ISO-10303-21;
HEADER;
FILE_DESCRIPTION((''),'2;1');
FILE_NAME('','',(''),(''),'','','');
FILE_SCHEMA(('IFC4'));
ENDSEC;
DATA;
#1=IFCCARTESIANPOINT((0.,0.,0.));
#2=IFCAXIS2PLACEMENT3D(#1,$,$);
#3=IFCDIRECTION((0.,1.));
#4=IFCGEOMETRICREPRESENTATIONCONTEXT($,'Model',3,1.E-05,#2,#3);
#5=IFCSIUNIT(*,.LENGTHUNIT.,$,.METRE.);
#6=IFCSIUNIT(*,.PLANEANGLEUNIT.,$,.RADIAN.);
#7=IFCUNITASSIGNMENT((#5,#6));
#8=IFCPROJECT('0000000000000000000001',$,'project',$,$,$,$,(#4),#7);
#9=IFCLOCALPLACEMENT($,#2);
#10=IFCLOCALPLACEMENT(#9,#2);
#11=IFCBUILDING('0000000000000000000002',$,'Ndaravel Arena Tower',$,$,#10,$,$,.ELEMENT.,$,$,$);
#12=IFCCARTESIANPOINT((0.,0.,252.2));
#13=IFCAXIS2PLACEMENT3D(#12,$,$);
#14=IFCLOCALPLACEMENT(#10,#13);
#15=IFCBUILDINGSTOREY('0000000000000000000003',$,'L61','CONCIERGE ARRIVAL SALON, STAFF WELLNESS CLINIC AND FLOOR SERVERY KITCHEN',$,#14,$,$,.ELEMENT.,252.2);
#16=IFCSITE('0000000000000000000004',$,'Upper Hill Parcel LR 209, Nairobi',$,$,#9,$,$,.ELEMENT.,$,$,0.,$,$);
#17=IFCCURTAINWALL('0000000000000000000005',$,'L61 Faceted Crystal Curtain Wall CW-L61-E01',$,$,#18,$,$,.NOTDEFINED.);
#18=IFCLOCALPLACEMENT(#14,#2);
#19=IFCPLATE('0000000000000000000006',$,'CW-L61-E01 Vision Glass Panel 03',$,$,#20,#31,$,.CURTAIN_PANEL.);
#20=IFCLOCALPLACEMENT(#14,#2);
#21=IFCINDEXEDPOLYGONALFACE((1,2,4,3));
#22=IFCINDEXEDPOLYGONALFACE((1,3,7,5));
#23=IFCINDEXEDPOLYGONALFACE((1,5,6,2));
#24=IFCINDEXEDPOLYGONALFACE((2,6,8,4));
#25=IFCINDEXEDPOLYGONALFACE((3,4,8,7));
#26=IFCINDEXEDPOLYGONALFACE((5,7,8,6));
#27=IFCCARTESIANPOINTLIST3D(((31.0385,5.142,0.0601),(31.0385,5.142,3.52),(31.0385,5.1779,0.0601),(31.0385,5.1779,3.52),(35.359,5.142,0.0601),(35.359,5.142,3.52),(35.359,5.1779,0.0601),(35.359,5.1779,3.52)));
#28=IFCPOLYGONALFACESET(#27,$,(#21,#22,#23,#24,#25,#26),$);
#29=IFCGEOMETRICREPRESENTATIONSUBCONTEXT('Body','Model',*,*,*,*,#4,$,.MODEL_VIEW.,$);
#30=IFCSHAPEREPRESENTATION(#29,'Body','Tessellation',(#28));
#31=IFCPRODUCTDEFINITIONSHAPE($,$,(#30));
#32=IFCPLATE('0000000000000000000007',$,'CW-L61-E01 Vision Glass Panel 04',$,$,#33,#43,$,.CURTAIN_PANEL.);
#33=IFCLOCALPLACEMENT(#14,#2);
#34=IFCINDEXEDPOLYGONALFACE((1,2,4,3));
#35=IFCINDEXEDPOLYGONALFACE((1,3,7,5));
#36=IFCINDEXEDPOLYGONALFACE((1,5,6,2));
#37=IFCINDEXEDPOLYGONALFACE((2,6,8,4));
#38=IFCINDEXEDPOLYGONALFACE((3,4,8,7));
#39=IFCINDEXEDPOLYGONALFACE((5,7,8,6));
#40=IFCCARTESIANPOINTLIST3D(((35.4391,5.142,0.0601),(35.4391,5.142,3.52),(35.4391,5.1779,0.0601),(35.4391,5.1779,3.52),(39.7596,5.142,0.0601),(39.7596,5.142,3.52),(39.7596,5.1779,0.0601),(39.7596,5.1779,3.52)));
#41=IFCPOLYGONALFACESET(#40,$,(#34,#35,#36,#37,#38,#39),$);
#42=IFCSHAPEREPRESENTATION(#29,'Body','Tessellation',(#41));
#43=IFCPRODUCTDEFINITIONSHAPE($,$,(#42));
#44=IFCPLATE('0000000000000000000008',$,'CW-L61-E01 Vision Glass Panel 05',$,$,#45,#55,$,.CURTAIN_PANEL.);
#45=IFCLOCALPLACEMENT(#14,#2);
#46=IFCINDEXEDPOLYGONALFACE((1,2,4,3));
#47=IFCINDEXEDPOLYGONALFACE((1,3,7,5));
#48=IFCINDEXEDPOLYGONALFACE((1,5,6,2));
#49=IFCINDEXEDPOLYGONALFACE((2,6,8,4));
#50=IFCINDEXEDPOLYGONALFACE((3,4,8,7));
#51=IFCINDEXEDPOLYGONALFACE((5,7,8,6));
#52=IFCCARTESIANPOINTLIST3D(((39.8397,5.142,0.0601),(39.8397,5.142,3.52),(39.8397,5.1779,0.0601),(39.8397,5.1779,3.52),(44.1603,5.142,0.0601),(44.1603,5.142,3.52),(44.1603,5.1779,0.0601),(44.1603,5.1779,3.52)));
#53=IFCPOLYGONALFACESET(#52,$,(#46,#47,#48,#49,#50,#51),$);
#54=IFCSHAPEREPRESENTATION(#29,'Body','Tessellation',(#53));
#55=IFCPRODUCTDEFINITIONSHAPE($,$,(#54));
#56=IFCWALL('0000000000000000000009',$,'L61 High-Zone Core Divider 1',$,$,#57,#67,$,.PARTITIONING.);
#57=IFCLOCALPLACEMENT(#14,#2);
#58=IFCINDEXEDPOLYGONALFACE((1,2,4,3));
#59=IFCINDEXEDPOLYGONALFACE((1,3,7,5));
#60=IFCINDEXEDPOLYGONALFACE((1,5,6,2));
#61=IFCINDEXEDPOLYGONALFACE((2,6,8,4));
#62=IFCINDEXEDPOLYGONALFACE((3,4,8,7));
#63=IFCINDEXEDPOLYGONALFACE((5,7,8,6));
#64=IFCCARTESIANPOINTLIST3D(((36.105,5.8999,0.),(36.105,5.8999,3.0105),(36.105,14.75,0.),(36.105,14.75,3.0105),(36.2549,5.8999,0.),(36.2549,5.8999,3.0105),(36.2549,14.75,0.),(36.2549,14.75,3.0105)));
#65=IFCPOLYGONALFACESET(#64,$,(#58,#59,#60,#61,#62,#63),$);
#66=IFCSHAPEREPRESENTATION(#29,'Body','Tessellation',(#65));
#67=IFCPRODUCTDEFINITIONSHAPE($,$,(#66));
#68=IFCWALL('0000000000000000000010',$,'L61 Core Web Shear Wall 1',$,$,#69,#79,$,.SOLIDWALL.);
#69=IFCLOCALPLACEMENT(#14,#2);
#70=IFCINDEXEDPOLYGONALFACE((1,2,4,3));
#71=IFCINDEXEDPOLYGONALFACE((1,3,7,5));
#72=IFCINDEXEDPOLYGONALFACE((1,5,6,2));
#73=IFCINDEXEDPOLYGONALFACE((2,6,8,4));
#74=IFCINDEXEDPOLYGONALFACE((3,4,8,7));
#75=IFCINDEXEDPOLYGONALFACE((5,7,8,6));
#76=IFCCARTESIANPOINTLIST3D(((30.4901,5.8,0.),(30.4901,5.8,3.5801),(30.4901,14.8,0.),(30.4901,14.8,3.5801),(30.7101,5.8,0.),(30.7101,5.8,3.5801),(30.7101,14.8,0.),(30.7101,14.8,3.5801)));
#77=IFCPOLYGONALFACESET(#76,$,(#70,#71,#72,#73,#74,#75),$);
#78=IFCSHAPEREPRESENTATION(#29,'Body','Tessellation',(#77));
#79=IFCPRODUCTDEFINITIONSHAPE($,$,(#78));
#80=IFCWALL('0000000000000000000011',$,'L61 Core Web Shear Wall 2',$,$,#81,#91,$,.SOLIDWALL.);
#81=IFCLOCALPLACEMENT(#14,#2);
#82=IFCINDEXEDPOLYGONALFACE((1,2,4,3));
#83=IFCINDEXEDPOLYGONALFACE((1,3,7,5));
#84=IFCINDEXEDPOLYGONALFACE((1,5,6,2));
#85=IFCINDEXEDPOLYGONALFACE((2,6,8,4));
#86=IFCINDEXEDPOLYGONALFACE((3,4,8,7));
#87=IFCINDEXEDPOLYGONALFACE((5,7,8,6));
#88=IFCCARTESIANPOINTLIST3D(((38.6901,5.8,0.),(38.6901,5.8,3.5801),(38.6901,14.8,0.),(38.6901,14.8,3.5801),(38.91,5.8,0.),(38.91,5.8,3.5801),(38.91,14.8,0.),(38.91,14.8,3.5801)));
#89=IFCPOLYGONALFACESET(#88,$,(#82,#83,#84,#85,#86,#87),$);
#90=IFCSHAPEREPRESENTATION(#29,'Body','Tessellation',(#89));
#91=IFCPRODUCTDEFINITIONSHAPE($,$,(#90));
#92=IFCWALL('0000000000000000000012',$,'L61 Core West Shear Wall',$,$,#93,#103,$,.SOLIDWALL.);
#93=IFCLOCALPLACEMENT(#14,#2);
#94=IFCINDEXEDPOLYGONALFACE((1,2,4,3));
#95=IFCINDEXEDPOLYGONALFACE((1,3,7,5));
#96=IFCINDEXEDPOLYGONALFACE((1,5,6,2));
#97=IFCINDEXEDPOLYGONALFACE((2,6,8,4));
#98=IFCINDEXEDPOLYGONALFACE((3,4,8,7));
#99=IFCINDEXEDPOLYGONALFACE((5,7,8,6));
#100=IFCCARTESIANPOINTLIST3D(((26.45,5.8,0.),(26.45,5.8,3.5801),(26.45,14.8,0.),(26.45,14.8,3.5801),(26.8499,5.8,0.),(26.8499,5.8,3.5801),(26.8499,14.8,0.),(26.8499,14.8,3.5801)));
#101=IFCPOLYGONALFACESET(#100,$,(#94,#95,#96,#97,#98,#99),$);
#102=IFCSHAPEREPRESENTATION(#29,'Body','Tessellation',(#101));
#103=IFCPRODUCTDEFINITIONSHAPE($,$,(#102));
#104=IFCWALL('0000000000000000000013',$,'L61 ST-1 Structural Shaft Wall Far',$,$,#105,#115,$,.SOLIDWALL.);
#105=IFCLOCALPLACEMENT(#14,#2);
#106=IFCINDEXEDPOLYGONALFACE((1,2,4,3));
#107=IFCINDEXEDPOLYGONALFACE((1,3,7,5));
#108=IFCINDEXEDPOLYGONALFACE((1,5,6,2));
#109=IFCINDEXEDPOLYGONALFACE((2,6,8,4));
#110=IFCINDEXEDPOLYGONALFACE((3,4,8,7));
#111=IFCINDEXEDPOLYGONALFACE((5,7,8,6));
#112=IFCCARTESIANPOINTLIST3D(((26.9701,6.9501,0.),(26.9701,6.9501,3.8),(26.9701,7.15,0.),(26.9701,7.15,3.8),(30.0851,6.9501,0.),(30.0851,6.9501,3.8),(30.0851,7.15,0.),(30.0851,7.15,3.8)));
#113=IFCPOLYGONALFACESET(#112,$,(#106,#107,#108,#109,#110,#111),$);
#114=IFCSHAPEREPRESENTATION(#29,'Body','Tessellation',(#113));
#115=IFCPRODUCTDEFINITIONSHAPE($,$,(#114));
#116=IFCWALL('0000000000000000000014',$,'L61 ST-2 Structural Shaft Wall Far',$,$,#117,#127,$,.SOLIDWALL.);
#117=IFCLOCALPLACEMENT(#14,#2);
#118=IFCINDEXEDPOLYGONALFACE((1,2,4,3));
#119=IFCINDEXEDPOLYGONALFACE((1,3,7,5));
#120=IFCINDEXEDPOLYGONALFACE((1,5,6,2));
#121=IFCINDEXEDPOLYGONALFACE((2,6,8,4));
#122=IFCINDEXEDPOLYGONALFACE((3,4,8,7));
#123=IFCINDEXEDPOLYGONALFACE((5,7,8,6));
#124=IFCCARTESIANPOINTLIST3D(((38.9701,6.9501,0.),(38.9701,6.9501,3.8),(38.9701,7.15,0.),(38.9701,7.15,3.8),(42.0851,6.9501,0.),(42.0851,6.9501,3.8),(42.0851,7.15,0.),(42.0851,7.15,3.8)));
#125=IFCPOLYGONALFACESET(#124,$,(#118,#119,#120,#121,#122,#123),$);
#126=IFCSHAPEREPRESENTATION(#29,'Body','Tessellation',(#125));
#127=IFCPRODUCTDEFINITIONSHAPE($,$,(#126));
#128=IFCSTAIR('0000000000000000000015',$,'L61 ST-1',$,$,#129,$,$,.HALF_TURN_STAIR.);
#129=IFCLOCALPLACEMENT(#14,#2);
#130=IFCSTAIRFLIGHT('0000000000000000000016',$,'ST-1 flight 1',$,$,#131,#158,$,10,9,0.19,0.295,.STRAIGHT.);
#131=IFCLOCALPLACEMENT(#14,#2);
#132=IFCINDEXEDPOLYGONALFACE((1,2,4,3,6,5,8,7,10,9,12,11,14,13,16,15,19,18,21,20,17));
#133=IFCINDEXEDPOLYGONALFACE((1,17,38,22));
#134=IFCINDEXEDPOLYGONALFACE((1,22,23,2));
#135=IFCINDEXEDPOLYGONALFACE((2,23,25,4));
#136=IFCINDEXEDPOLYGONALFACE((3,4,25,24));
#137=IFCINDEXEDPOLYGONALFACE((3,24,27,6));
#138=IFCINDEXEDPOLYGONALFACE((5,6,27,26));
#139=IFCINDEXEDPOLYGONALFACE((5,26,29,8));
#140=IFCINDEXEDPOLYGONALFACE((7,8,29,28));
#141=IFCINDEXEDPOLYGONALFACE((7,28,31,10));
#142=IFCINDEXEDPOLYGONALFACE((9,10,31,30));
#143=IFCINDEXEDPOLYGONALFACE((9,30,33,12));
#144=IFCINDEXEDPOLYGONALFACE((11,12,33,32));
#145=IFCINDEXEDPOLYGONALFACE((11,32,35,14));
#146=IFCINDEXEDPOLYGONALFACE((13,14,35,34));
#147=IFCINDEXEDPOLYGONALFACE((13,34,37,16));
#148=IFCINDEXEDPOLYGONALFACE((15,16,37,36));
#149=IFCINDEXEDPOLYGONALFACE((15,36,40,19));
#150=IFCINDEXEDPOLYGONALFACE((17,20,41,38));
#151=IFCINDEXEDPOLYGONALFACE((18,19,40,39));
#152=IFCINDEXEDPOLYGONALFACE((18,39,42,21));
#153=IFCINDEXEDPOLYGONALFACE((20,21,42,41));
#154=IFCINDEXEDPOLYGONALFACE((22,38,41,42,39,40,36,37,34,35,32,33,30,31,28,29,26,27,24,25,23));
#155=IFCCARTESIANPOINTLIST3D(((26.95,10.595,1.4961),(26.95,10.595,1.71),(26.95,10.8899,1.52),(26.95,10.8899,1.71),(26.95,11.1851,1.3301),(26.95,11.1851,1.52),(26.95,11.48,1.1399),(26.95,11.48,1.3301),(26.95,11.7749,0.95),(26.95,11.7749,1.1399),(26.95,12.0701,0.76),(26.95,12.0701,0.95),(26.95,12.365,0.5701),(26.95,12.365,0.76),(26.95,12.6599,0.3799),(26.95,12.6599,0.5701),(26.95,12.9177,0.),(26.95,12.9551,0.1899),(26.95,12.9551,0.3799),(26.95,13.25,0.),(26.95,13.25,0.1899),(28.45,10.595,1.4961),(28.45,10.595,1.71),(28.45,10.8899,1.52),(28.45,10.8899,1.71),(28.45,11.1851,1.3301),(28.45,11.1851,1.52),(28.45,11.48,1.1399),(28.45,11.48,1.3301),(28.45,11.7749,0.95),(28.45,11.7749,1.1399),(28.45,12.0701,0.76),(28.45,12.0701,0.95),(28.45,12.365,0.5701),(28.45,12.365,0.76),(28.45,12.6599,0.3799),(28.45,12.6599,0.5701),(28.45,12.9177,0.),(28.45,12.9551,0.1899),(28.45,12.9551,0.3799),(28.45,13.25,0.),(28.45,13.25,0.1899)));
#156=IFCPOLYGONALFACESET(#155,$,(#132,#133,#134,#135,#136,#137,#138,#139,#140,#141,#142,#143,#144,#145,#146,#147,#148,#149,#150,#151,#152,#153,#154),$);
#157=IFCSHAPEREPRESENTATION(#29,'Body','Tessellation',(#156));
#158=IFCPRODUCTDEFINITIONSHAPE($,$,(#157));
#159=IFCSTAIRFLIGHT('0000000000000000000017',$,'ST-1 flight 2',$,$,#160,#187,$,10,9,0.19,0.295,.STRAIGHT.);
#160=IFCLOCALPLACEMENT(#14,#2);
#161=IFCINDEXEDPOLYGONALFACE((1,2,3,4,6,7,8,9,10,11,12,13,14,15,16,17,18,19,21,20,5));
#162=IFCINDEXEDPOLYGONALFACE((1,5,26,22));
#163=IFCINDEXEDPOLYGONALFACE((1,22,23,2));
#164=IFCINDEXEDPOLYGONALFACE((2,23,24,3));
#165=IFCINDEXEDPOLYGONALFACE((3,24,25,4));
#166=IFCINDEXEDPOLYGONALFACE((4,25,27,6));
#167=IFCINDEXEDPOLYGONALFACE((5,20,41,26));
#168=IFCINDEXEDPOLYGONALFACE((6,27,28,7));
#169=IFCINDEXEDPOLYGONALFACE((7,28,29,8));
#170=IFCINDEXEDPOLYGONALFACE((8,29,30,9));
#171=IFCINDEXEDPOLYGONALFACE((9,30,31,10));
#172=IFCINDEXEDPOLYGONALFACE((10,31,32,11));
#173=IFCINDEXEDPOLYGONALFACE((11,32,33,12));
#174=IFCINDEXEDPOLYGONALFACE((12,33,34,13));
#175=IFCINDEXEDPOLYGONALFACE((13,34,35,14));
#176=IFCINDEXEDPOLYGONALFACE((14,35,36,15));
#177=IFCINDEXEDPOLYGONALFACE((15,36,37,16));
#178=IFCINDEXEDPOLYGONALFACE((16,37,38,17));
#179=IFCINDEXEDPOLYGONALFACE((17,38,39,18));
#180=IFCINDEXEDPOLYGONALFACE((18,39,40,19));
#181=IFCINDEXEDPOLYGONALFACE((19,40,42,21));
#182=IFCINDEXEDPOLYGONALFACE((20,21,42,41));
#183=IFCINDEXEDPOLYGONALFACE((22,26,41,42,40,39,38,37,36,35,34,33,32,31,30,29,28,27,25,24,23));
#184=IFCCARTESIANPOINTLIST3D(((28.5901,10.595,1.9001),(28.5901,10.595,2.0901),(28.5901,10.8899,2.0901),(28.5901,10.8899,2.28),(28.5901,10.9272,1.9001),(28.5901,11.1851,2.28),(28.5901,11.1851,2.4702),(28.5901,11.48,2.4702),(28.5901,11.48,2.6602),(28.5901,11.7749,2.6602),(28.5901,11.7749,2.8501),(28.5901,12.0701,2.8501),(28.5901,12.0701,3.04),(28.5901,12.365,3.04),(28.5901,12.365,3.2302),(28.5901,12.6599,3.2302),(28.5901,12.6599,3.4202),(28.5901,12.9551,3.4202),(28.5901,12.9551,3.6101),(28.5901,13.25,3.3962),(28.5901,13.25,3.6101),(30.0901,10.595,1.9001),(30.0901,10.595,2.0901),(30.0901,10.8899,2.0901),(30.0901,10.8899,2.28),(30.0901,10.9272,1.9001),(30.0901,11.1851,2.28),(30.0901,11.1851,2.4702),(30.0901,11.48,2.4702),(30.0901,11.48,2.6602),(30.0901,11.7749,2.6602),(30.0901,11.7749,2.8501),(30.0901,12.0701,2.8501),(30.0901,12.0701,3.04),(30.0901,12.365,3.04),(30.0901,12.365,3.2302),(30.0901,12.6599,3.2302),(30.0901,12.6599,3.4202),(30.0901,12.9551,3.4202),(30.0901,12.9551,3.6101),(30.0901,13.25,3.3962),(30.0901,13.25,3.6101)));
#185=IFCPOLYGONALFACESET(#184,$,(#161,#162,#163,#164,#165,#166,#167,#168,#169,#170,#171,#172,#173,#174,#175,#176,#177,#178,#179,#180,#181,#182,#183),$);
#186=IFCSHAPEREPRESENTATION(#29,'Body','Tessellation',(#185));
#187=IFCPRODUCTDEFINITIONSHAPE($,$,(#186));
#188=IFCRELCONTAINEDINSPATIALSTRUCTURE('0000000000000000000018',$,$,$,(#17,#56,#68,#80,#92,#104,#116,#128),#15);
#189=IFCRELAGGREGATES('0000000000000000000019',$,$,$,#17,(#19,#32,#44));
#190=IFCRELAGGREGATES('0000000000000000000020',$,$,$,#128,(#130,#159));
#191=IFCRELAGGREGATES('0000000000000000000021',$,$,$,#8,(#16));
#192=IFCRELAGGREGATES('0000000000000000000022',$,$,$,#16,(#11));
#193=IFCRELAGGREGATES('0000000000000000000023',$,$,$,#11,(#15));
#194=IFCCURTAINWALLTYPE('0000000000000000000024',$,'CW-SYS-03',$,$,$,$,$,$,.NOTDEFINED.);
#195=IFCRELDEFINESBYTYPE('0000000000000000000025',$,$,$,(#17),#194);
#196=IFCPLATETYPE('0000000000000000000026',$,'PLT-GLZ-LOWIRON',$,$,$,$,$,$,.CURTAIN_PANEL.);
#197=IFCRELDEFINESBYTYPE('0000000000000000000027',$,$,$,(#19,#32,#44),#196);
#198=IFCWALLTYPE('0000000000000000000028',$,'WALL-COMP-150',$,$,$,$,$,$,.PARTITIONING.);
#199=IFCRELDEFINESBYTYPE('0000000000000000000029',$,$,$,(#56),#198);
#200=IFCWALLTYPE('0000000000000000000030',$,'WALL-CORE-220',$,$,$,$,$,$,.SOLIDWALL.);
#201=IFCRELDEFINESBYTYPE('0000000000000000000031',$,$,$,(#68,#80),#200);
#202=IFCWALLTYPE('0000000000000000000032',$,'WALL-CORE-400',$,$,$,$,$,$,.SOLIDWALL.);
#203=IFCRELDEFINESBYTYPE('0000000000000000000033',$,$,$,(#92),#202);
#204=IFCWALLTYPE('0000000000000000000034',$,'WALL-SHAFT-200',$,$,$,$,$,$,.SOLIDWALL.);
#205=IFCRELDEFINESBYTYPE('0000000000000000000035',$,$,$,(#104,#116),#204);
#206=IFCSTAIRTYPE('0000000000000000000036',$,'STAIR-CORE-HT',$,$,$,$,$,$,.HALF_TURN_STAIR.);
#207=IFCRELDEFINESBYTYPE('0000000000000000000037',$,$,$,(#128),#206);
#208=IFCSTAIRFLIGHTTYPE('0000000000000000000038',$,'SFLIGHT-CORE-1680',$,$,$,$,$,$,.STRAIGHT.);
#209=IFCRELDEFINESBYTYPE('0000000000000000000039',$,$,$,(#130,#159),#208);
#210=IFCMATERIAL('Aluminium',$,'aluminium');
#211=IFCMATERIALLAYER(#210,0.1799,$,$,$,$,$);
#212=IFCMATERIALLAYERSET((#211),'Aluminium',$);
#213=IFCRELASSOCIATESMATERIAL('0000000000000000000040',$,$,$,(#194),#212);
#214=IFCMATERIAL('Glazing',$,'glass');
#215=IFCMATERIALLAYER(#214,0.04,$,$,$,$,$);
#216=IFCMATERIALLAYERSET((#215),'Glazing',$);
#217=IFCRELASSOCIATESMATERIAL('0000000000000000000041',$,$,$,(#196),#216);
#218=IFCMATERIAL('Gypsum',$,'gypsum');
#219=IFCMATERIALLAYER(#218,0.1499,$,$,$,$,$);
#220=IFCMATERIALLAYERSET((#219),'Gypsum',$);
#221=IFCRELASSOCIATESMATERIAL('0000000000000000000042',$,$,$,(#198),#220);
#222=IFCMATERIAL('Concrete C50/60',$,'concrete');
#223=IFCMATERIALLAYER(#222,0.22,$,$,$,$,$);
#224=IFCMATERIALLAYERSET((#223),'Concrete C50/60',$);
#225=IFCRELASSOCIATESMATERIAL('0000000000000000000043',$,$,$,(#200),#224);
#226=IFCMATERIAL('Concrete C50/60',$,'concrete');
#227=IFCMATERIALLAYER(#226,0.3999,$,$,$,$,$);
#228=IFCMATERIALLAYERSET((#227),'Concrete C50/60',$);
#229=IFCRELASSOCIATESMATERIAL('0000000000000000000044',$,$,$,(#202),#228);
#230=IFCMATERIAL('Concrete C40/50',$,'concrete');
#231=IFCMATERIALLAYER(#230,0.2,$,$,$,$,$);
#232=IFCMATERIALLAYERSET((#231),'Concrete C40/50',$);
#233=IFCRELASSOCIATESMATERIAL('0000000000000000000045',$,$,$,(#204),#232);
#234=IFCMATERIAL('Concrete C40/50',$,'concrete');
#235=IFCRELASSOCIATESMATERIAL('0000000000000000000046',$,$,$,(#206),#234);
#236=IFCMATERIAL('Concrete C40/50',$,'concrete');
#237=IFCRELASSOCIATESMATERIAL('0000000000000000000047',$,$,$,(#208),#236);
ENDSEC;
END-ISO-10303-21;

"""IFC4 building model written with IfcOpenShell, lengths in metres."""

from ifc_helpers import new_model, si_unit, direction, frame, frame_2d, origin, origin_2d, place, context, subcontext, project, spatial, polyline, rectangle, outline, extrude, material, layer, layer_set, type_object, element, aggregate, save


model = new_model("IFC4")

# Units and contexts
model_context = context("Model", 3, precision=1e-05, world=origin(), true_north=direction((0.0, 1.0)))
body_context = subcontext(model_context, "Body", "Model", "MODEL_VIEW")
ifc_project = project(units=[si_unit("LENGTHUNIT", "METRE"), si_unit("PLANEANGLEUNIT", "RADIAN")], contexts=[model_context])

# Site, building, storey
site_placement = place(None, origin())
site = spatial("IfcSite", under=ifc_project, at=site_placement, Name="Upper Hill Parcel LR 209, Nairobi", CompositionType="ELEMENT", RefElevation=0.0)
building_placement = place(site_placement, origin())
building = spatial("IfcBuilding", under=site, at=building_placement, Name="Ndaravel Arena Tower", CompositionType="ELEMENT")
storey_placement = place(building_placement, frame((0.0, 0.0, 252.2)))
storey = spatial("IfcBuildingStorey", under=building, at=storey_placement, Name="L61", Description="CONCIERGE ARRIVAL SALON, STAFF WELLNESS CLINIC AND FLOOR SERVERY KITCHEN", CompositionType="ELEMENT", Elevation=252.2)

# Curtain wall, plates
ifc_material_1 = material(Name="Aluminium", Category="aluminium")
ifc_layer_1 = layer(ifc_material_1, 0.1799)
ifc_layer_set_1 = layer_set([ifc_layer_1], Name="Aluminium")
curtain_wall_type = type_object("IfcCurtainWallType", Name="CW-SYS-03", PredefinedType="NOTDEFINED", material=ifc_layer_set_1)
curtain_wall_placement = place(storey_placement, origin())
curtain_wall = element("IfcCurtainWall", 1, at=curtain_wall_placement, inside=storey, type_object=curtain_wall_type, Name="L61 Faceted Crystal Curtain Wall CW-L61-E01", PredefinedType="NOTDEFINED")
ifc_material_2 = material(Name="Glazing", Category="glass")
ifc_layer_2 = layer(ifc_material_2, 0.04)
ifc_layer_set_2 = layer_set([ifc_layer_2], Name="Glazing")
plate_type = type_object("IfcPlateType", Name="PLT-GLZ-LOWIRON", PredefinedType="CURTAIN_PANEL", material=ifc_layer_set_2)
plate_1_placement = place(storey_placement, frame((33.1987, 5.1599, 0.0601), z_axis=(0.0, 0.0, 1.0), x_axis=(1.0, 0.0, 0.0)))
plate_1 = element("IfcPlate", 2, at=plate_1_placement, type_object=plate_type, Name="CW-L61-E01 Vision Glass Panel 03", PredefinedType="CURTAIN_PANEL", context=body_context, shape_type="SweptSolid", body=[
    extrude(rectangle(XDim=4.3206, YDim=0.0359, at=origin_2d()), origin(), (0.0, 0.0, 1.0), 3.46),
])
plate_2_placement = place(storey_placement, frame((37.5994, 5.1599, 0.0601), z_axis=(0.0, 0.0, 1.0), x_axis=(1.0, 0.0, 0.0)))
plate_2 = element("IfcPlate", 3, at=plate_2_placement, type_object=plate_type, Name="CW-L61-E01 Vision Glass Panel 04", PredefinedType="CURTAIN_PANEL", context=body_context, shape_type="SweptSolid", body=[
    extrude(rectangle(XDim=4.3206, YDim=0.0359, at=origin_2d()), origin(), (0.0, 0.0, 1.0), 3.46),
])
plate_3_placement = place(storey_placement, frame((42.0, 5.1599, 0.0601), z_axis=(0.0, 0.0, 1.0), x_axis=(1.0, 0.0, 0.0)))
plate_3 = element("IfcPlate", 4, at=plate_3_placement, type_object=plate_type, Name="CW-L61-E01 Vision Glass Panel 05", PredefinedType="CURTAIN_PANEL", context=body_context, shape_type="SweptSolid", body=[
    extrude(rectangle(XDim=4.3206, YDim=0.0359, at=origin_2d()), origin(), (0.0, 0.0, 1.0), 3.46),
])
aggregate(curtain_wall, [plate_1, plate_2, plate_3])

# Walls
ifc_material_3 = material(Name="Gypsum", Category="gypsum")
ifc_layer_3 = layer(ifc_material_3, 0.1499)
ifc_layer_set_3 = layer_set([ifc_layer_3], Name="Gypsum")
wall_type_1 = type_object("IfcWallType", Name="WALL-COMP-150", PredefinedType="PARTITIONING", material=ifc_layer_set_3)
wall_1_placement = place(storey_placement, frame((36.1799, 5.8999, 0.0), z_axis=(0.0, 0.0, 1.0), x_axis=(0.0, 1.0, 0.0)))
element("IfcWall", 5, at=wall_1_placement, inside=storey, type_object=wall_type_1, Name="L61 High-Zone Core Divider 1", PredefinedType="PARTITIONING", context=body_context, shape_type="SweptSolid", body=[
    extrude(rectangle(XDim=8.8501, YDim=0.1499, at=frame_2d((4.425, 0.0))), origin(), (0.0, 0.0, 1.0), 3.0105),
])
ifc_material_4 = material(Name="Concrete C50/60", Category="concrete")
ifc_layer_4 = layer(ifc_material_4, 0.22)
ifc_layer_set_4 = layer_set([ifc_layer_4], Name="Concrete C50/60")
wall_type_2 = type_object("IfcWallType", Name="WALL-CORE-220", PredefinedType="SOLIDWALL", material=ifc_layer_set_4)
for number, where, z_axis, x_axis, name in (
    (6, (30.6001, 5.8, 0.0), (0.0, 0.0, 1.0), (0.0, 1.0, 0.0), "L61 Core Web Shear Wall 1"),
    (7, (38.8, 5.8, 0.0), (0.0, 0.0, 1.0), (0.0, 1.0, 0.0), "L61 Core Web Shear Wall 2"),
):
    element("IfcWall", number, at=place(storey_placement, frame(where, z_axis=z_axis, x_axis=x_axis)), inside=storey, type_object=wall_type_2, Name=name, PredefinedType="SOLIDWALL", context=body_context, shape_type="SweptSolid", body=[
        extrude(rectangle(XDim=9.0, YDim=0.22, at=frame_2d((4.5, 0.0))), origin(), (0.0, 0.0, 1.0), 3.5801),
    ])
ifc_material_5 = material(Name="Concrete C50/60", Category="concrete")
ifc_layer_5 = layer(ifc_material_5, 0.3999)
ifc_layer_set_5 = layer_set([ifc_layer_5], Name="Concrete C50/60")
wall_type_3 = type_object("IfcWallType", Name="WALL-CORE-400", PredefinedType="SOLIDWALL", material=ifc_layer_set_5)
wall_2_placement = place(storey_placement, frame((26.6499, 5.8, 0.0), z_axis=(0.0, 0.0, 1.0), x_axis=(0.0, 1.0, 0.0)))
element("IfcWall", 8, at=wall_2_placement, inside=storey, type_object=wall_type_3, Name="L61 Core West Shear Wall", PredefinedType="SOLIDWALL", context=body_context, shape_type="SweptSolid", body=[
    extrude(rectangle(XDim=9.0, YDim=0.3999, at=frame_2d((4.5, 0.0))), origin(), (0.0, 0.0, 1.0), 3.5801),
])
ifc_material_6 = material(Name="Concrete C40/50", Category="concrete")
ifc_layer_6 = layer(ifc_material_6, 0.2)
ifc_layer_set_6 = layer_set([ifc_layer_6], Name="Concrete C40/50")
wall_type_4 = type_object("IfcWallType", Name="WALL-SHAFT-200", PredefinedType="SOLIDWALL", material=ifc_layer_set_6)
for number, where, z_axis, x_axis, name in (
    (9, (26.97, 7.05, 0.0), (0.0, 0.0, 1.0), (1.0, 0.0, 0.0), "L61 ST-1 Structural Shaft Wall Far"),
    (10, (38.97, 7.05, 0.0), (0.0, 0.0, 1.0), (1.0, 0.0, 0.0), "L61 ST-2 Structural Shaft Wall Far"),
):
    element("IfcWall", number, at=place(storey_placement, frame(where, z_axis=z_axis, x_axis=x_axis)), inside=storey, type_object=wall_type_4, Name=name, PredefinedType="SOLIDWALL", context=body_context, shape_type="SweptSolid", body=[
        extrude(rectangle(XDim=3.115, YDim=0.2, at=frame_2d((1.5576, 0.0))), origin(), (0.0, 0.0, 1.0), 3.8),
    ])

# Stair, stair flights
ifc_material_7 = material(Name="Concrete C40/50", Category="concrete")
stair_type = type_object("IfcStairType", Name="STAIR-CORE-HT", PredefinedType="HALF_TURN_STAIR", material=ifc_material_7)
stair_1_placement = place(storey_placement, origin())
stair_1 = element("IfcStair", 11, at=stair_1_placement, inside=storey, type_object=stair_type, Name="L61 ST-1", PredefinedType="HALF_TURN_STAIR")
ifc_material_8 = material(Name="Concrete C40/50", Category="concrete")
stair_flight_type = type_object("IfcStairFlightType", Name="SFLIGHT-CORE-1680", PredefinedType="STRAIGHT", material=ifc_material_8)
stair_flight_1_placement = place(storey_placement, frame((27.7, 13.25, 0.0), z_axis=(0.0, 0.0, 1.0), x_axis=(0.0, -1.0, 0.0)))
stair_flight_1 = element("IfcStairFlight", 12, at=stair_flight_1_placement, type_object=stair_flight_type, Name="ST-1 flight 1", NumberOfRisers=10, NumberOfTreads=9, PredefinedType="STRAIGHT", RiserHeight=0.19, TreadLength=0.295, context=body_context, shape_type="SweptSolid", body=[
    extrude(outline(polyline([(0.0, 0.0), (0.0, 0.1899), (0.2949, 0.1899), (0.2949, 0.3799), (0.5901, 0.3799), (0.5901, 0.5701), (0.885, 0.5701), (0.885, 0.76), (1.1799, 0.76), (1.1799, 0.95), (1.4751, 0.95), (1.4751, 1.1399), (1.77, 1.1399), (1.77, 1.3301), (2.0649, 1.3301), (2.0649, 1.52), (2.3601, 1.52), (2.3601, 1.71), (2.655, 1.71), (2.655, 1.8999), (2.655, 1.4961), (0.3323, 0.0), (0.0, 0.0)])), frame((0.0, 0.75, 0.0), z_axis=(0.0, -1.0, 0.0), x_axis=(1.0, 0.0, 0.0)), (0.0, 0.0, 1.0), 1.5),
])
stair_flight_2_placement = place(storey_placement, frame((29.3401, 10.595, 1.9001), z_axis=(0.0, 0.0, 1.0), x_axis=(0.0, 1.0, 0.0)))
stair_flight_2 = element("IfcStairFlight", 13, at=stair_flight_2_placement, type_object=stair_flight_type, Name="ST-1 flight 2", NumberOfRisers=10, NumberOfTreads=9, PredefinedType="STRAIGHT", RiserHeight=0.19, TreadLength=0.295, context=body_context, shape_type="SweptSolid", body=[
    extrude(outline(polyline([(0.0, 0.0), (0.0, 0.1899), (0.2949, 0.1899), (0.2949, 0.3799), (0.5901, 0.3799), (0.5901, 0.5701), (0.885, 0.5701), (0.885, 0.76), (1.1799, 0.76), (1.1799, 0.95), (1.4751, 0.95), (1.4751, 1.1399), (1.77, 1.1399), (1.77, 1.3301), (2.0649, 1.3301), (2.0649, 1.52), (2.3601, 1.52), (2.3601, 1.71), (2.655, 1.71), (2.655, 1.8999), (2.655, 1.4961), (0.3323, 0.0), (0.0, 0.0)])), frame((0.0, 0.75, 0.0), z_axis=(0.0, -1.0, 0.0), x_axis=(1.0, 0.0, 0.0)), (0.0, 0.0, 1.0), 1.5),
])
aggregate(stair_1, [stair_flight_1, stair_flight_2])

save(model, "model.ifc")
